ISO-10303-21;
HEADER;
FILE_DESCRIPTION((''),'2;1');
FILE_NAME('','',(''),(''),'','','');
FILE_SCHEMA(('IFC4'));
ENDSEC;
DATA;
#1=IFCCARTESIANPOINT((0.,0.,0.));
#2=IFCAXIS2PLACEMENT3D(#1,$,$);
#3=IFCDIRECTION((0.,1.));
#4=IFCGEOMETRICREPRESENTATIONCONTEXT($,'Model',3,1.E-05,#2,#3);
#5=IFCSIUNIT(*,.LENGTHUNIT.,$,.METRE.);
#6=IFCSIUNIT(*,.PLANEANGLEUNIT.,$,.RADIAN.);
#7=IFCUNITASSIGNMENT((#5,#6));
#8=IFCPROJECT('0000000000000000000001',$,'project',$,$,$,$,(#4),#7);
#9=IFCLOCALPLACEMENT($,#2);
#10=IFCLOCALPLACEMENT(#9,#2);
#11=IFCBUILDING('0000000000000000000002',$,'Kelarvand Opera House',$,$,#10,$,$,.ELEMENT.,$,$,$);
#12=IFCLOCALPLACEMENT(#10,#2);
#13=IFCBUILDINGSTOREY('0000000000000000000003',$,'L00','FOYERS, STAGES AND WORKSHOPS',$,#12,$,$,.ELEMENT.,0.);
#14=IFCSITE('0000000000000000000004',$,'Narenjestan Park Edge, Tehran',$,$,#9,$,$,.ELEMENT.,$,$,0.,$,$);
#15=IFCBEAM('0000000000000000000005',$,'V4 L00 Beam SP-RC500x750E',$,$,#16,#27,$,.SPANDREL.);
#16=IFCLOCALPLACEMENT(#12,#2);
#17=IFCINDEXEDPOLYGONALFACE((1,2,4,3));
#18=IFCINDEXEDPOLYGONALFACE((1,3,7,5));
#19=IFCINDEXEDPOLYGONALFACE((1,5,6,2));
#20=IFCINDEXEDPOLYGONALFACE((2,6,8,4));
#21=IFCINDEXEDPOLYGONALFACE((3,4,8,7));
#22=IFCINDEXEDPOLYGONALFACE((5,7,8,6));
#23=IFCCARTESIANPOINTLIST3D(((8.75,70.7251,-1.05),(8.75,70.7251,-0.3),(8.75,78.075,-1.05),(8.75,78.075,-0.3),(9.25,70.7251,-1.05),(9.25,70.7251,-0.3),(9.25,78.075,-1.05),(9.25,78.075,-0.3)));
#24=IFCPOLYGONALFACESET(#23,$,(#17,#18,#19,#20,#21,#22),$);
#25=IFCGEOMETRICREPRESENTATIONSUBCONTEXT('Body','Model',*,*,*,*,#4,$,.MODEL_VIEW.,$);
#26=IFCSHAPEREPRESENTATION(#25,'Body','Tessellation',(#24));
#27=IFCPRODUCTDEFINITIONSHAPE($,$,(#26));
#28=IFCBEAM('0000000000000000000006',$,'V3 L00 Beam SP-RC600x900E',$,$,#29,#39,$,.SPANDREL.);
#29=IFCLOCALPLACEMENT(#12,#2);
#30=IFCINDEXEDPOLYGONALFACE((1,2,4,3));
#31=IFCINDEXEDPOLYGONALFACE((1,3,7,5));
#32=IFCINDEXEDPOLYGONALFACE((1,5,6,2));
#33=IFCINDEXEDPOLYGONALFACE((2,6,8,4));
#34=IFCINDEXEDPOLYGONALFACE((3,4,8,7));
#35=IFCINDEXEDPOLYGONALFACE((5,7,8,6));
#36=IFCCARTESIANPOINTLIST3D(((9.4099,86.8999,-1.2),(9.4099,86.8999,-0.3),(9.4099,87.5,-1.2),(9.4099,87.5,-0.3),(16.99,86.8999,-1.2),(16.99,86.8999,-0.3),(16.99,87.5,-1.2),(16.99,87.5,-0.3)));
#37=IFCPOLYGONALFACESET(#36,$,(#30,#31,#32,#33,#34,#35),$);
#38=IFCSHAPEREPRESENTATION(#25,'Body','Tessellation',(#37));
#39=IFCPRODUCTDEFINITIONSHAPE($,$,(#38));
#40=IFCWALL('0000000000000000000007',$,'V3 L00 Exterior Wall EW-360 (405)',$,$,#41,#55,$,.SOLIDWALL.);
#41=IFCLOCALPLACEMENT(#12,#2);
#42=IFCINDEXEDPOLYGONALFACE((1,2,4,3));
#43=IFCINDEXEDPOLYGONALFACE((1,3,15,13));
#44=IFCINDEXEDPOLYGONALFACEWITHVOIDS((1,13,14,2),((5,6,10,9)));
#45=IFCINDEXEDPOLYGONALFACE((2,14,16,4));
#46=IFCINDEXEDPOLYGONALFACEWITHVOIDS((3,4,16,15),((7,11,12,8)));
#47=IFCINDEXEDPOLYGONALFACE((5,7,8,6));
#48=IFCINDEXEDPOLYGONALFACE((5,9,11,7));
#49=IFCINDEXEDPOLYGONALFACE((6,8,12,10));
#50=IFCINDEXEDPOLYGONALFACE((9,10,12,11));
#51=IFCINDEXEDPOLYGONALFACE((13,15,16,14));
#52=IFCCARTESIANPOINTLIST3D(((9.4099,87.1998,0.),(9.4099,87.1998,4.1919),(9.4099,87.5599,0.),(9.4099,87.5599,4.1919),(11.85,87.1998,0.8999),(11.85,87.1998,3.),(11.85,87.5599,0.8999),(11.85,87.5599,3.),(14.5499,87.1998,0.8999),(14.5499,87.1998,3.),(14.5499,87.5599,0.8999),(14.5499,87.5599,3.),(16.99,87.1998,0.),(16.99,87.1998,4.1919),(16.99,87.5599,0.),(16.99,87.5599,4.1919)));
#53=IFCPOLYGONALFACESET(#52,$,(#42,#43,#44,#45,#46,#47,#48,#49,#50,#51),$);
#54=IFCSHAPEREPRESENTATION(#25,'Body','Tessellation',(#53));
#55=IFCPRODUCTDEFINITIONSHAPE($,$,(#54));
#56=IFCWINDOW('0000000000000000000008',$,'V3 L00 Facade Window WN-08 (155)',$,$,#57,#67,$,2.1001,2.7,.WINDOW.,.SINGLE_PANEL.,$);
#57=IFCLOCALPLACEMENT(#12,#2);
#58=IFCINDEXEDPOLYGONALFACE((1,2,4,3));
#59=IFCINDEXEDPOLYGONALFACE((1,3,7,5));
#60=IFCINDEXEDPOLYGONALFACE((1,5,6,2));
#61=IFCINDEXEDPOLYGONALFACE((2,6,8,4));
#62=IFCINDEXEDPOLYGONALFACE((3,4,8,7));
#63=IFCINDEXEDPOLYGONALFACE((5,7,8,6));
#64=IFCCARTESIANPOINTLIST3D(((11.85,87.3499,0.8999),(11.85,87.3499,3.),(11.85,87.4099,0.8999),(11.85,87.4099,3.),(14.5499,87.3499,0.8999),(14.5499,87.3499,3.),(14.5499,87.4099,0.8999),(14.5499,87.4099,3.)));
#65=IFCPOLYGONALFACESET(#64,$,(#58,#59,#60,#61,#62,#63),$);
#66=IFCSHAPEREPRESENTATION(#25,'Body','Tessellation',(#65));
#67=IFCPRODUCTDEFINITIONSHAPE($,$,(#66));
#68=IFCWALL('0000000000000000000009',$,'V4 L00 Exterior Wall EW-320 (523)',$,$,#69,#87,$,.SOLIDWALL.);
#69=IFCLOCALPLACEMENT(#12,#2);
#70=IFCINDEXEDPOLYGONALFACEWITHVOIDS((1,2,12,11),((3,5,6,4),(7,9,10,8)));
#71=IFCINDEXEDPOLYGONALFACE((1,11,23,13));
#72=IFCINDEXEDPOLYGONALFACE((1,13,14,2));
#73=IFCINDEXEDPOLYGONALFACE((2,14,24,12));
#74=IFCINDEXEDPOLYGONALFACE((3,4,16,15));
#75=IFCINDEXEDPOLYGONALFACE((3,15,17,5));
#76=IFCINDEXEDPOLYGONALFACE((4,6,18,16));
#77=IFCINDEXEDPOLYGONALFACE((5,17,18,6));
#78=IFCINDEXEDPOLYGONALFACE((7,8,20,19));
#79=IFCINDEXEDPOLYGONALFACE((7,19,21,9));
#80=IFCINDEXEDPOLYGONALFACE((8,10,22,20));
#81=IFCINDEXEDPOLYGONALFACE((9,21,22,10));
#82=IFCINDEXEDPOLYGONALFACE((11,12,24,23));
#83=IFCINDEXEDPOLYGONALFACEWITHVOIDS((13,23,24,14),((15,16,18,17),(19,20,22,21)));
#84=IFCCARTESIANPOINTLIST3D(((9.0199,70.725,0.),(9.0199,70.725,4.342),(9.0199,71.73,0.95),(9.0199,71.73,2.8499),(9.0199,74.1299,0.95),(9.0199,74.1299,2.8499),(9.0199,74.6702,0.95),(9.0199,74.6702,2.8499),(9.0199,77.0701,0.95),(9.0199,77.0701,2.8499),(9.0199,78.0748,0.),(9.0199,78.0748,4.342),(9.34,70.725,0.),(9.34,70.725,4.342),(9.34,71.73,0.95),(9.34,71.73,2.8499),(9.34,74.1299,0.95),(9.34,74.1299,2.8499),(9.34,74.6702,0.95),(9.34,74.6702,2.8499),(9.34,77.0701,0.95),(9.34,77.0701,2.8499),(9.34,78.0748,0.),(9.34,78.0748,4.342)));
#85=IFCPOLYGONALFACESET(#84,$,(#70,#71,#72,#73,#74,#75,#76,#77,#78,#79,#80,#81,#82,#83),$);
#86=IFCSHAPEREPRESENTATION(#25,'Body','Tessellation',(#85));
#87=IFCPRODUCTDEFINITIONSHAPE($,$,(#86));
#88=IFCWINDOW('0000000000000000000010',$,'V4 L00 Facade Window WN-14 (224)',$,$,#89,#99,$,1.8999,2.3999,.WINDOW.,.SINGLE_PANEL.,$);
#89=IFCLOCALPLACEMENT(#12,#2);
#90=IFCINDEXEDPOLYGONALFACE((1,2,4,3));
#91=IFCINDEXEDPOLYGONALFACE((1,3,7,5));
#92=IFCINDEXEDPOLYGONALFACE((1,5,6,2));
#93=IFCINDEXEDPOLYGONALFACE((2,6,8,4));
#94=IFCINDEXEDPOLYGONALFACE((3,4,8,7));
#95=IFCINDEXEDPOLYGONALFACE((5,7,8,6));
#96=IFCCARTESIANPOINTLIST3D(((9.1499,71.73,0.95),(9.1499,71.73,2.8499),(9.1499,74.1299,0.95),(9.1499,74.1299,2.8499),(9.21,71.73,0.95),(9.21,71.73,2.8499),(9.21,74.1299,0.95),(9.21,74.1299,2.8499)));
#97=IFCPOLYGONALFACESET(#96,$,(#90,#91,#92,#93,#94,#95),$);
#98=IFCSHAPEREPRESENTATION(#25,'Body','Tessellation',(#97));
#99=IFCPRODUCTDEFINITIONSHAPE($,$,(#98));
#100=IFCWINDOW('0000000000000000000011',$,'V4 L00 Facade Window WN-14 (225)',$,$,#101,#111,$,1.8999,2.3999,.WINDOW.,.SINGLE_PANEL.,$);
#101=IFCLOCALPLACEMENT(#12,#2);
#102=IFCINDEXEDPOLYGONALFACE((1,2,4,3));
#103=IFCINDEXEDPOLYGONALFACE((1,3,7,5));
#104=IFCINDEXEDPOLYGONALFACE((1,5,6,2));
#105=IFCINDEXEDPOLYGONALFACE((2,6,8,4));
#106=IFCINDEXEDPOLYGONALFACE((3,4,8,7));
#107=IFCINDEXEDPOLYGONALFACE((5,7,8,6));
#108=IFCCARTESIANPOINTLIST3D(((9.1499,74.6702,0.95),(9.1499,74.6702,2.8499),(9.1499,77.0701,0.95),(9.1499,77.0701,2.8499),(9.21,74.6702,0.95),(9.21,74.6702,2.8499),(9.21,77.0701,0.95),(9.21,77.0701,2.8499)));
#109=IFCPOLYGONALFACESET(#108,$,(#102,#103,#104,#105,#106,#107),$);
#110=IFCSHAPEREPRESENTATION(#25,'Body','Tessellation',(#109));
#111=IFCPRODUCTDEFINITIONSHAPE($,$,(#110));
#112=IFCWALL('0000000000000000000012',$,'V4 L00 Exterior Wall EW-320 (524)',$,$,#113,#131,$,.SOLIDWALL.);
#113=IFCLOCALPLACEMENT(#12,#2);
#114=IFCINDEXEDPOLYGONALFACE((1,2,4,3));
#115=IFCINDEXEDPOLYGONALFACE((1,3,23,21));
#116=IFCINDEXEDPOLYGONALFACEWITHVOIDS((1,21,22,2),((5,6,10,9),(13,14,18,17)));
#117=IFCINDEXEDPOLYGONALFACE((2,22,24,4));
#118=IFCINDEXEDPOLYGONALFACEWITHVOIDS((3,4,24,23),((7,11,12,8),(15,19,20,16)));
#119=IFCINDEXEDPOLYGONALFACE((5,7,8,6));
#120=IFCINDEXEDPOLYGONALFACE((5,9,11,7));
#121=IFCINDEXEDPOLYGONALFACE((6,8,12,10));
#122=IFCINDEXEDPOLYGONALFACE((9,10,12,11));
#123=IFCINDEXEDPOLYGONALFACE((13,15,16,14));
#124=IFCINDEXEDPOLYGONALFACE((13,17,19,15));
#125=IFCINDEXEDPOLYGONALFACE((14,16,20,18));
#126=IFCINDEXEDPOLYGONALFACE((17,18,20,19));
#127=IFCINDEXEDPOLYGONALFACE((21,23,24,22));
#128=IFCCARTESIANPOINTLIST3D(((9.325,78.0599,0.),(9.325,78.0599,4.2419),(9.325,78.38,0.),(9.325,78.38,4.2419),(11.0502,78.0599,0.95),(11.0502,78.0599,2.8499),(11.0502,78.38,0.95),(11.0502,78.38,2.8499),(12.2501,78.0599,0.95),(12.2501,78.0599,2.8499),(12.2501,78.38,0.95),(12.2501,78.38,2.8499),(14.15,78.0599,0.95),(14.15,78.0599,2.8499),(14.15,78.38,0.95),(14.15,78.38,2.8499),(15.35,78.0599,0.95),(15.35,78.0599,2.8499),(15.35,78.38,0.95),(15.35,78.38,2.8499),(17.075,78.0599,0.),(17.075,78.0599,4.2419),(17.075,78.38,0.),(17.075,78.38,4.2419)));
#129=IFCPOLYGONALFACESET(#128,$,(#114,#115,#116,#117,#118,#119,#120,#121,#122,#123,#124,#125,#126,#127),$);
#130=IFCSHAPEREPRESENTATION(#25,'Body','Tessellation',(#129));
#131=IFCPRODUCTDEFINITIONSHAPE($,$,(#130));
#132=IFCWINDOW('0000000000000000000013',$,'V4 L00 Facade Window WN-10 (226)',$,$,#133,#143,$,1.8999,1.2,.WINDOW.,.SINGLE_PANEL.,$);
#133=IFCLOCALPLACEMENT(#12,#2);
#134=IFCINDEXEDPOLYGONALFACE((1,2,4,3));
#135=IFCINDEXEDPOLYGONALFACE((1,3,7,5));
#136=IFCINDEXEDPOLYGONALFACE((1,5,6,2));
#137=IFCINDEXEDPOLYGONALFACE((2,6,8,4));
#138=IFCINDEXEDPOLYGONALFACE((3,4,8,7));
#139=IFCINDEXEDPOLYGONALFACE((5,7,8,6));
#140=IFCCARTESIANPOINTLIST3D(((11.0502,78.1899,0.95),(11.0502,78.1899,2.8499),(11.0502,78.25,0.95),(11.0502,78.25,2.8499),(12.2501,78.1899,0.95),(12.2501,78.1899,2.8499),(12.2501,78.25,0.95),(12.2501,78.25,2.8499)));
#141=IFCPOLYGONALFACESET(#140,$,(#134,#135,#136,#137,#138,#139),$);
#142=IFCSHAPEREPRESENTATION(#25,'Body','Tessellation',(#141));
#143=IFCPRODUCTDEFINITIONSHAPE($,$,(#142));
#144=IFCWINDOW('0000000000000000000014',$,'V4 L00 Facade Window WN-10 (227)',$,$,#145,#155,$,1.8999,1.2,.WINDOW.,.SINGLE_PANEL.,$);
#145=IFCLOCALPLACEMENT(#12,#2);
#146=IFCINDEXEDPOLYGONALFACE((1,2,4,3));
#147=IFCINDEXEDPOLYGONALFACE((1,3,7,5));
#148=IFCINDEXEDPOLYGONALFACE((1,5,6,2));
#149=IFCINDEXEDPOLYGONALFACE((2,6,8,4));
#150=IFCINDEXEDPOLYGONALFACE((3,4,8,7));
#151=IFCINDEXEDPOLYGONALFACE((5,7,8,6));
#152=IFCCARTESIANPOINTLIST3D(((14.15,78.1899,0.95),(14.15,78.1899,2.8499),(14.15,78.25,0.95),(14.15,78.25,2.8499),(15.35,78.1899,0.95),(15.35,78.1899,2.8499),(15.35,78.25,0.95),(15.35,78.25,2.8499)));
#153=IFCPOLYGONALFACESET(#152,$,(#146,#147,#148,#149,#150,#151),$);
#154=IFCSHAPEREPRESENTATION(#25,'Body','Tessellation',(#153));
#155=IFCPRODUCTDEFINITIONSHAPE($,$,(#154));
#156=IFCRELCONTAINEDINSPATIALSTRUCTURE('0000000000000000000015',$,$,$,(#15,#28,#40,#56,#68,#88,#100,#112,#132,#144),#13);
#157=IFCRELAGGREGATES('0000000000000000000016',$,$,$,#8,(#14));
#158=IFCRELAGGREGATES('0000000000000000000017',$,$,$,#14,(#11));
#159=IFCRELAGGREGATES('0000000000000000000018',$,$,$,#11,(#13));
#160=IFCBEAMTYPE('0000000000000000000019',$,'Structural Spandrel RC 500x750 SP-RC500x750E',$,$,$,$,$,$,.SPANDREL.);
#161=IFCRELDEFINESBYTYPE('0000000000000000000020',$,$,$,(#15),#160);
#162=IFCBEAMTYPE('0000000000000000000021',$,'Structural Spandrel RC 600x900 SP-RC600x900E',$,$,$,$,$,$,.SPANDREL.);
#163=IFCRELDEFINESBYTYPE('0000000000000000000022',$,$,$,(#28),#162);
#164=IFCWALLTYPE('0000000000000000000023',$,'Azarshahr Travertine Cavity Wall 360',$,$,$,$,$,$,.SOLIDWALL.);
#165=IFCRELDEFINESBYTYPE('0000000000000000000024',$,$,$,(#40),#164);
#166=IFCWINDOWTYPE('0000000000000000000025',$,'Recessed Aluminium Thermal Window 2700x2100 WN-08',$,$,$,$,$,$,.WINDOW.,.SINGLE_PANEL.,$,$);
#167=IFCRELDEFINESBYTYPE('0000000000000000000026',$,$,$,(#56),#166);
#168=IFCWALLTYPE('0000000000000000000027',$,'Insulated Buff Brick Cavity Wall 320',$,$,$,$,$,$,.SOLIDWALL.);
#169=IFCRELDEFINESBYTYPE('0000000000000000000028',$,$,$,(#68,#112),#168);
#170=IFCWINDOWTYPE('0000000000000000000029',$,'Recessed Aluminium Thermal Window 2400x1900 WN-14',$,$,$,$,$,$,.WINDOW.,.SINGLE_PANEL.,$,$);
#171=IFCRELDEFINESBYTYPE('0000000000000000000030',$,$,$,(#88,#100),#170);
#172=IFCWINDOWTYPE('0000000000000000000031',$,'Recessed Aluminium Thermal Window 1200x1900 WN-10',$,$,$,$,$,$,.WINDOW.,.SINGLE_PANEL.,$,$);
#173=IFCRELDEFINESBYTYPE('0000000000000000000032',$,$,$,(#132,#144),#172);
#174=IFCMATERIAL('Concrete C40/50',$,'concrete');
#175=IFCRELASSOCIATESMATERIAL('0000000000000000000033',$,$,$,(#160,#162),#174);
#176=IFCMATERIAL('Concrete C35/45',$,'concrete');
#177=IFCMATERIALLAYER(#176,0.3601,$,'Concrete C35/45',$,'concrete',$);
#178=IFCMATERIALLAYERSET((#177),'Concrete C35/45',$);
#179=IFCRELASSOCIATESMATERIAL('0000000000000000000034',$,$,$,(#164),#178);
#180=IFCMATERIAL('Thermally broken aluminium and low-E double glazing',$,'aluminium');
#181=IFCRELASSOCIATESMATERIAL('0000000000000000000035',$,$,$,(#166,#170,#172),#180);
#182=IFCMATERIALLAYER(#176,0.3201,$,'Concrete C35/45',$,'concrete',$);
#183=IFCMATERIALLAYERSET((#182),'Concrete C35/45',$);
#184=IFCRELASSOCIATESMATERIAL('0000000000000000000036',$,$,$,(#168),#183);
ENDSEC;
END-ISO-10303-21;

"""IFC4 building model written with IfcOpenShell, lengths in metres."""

from ifc_helpers import new_model, si_unit, direction, frame, frame_2d, origin, origin_2d, place, context, subcontext, project, spatial, rectangle, extrude, material, layer, layer_set, material_profile, profile_set, type_object, element, fill, save


model = new_model("IFC4")

# Units and contexts
model_context = context("Model", 3, precision=1e-05, world=origin(), true_north=direction((0.0, 1.0)))
body_context = subcontext(model_context, "Body", "Model", "MODEL_VIEW")
ifc_project = project(units=[si_unit("LENGTHUNIT", "METRE"), si_unit("PLANEANGLEUNIT", "RADIAN")], contexts=[model_context])

# Site, building, storey
site_placement = place(None, origin())
site = spatial("IfcSite", under=ifc_project, at=site_placement, Name="Narenjestan Park Edge, Tehran", CompositionType="ELEMENT", RefElevation=0.0)
building_placement = place(site_placement, origin())
building = spatial("IfcBuilding", under=site, at=building_placement, Name="Kelarvand Opera House", CompositionType="ELEMENT")
storey_placement = place(building_placement, origin())
storey = spatial("IfcBuildingStorey", under=building, at=storey_placement, Name="L00", Description="FOYERS, STAGES AND WORKSHOPS", CompositionType="ELEMENT", Elevation=0.0)

# Shared definitions
ifc_material_1 = material(Name="Concrete C40/50", Category="concrete")

# Beams
ifc_material_profile_1 = material_profile(ifc_material_1, rectangle(XDim=0.5, YDim=0.75, at=origin_2d()), Name="RC 500x750", Category="concrete")
ifc_profile_set_1 = profile_set([ifc_material_profile_1], Name="Concrete C40/50")
beam_type_1 = type_object("IfcBeamType", Name="Structural Spandrel RC 500x750 SP-RC500x750E", PredefinedType="SPANDREL", material=ifc_profile_set_1)
beam_1_placement = place(storey_placement, frame((9.0, 70.7251, -0.675), z_axis=(0.0, 1.0, 0.0), x_axis=(-1.0, 0.0, 0.0)))
element("IfcBeam", 1, at=beam_1_placement, inside=storey, type_object=beam_type_1, Name="V4 L00 Beam SP-RC500x750E", PredefinedType="SPANDREL", context=body_context, shape_type="SweptSolid", body=[
    extrude(rectangle(XDim=0.5, YDim=0.75, at=origin_2d()), origin(), (0.0, 0.0, 1.0), 7.3499),
])
ifc_material_profile_2 = material_profile(ifc_material_1, rectangle(XDim=0.6001, YDim=0.8999, at=origin_2d()), Name="RC 600x900", Category="concrete")
ifc_profile_set_2 = profile_set([ifc_material_profile_2], Name="Concrete C40/50")
beam_type_2 = type_object("IfcBeamType", Name="Structural Spandrel RC 600x900 SP-RC600x900E", PredefinedType="SPANDREL", material=ifc_profile_set_2)
beam_2_placement = place(storey_placement, frame((9.4099, 87.2, -0.75), z_axis=(1.0, 0.0, 0.0), x_axis=(0.0, 1.0, 0.0)))
element("IfcBeam", 2, at=beam_2_placement, inside=storey, type_object=beam_type_2, Name="V3 L00 Beam SP-RC600x900E", PredefinedType="SPANDREL", context=body_context, shape_type="SweptSolid", body=[
    extrude(rectangle(XDim=0.6001, YDim=0.8999, at=origin_2d()), origin(), (0.0, 0.0, 1.0), 7.5801),
])

# Wall, opening, window
ifc_material_2 = material(Name="Concrete C35/45", Category="concrete")
ifc_layer_1 = layer(ifc_material_2, 0.3601, Name="Concrete C35/45", Category="concrete")
ifc_layer_set_1 = layer_set([ifc_layer_1], Name="Concrete C35/45")
wall_type_1 = type_object("IfcWallType", Name="Azarshahr Travertine Cavity Wall 360", PredefinedType="SOLIDWALL", material=ifc_layer_set_1)
wall_1_placement = place(storey_placement, frame((16.99, 87.3799, 0.0), z_axis=(0.0, 0.0, 1.0), x_axis=(-1.0, 0.0, 0.0)))
wall_1 = element("IfcWall", 3, at=wall_1_placement, inside=storey, type_object=wall_type_1, Name="V3 L00 Exterior Wall EW-360 (405)", PredefinedType="SOLIDWALL", context=body_context, shape_type="SweptSolid", body=[
    extrude(rectangle(XDim=7.5801, YDim=0.3601, at=frame_2d((3.79, 0.0))), origin(), (0.0, 0.0, 1.0), 4.1919),
])
opening_1_placement = place(wall_1_placement, frame((2.4399, 0.0, 0.8999)))
opening_1 = element("IfcOpeningElement", 4, at=opening_1_placement, cuts=wall_1, PredefinedType="OPENING", context=body_context, shape_type="SweptSolid", body=[
    extrude(rectangle(XDim=2.7, YDim=2.1001, at=frame_2d((1.3501, 1.05))), frame((0.0, 0.1899, 0.0), z_axis=(0.0, -1.0, 0.0), x_axis=(1.0, 0.0, 0.0)), (0.0, 0.0, 1.0), 0.3801),
])
ifc_material_3 = material(Name="Thermally broken aluminium and low-E double glazing", Category="aluminium")
window_type_1 = type_object("IfcWindowType", Name="Recessed Aluminium Thermal Window 2700x2100 WN-08", PartitioningType="SINGLE_PANEL", PredefinedType="WINDOW", material=ifc_material_3)
window_1_placement = place(opening_1_placement, origin())
window_1 = element("IfcWindow", 5, at=window_1_placement, inside=storey, type_object=window_type_1, Name="V3 L00 Facade Window WN-08 (155)", OverallHeight=2.1001, OverallWidth=2.7, PartitioningType="SINGLE_PANEL", PredefinedType="WINDOW", context=body_context, shape_type="SweptSolid", body=[
    extrude(rectangle(XDim=2.7, YDim=2.1001, at=frame_2d((1.3501, 1.05))), frame((0.0, 0.03, 0.0), z_axis=(0.0, -1.0, 0.0), x_axis=(1.0, 0.0, 0.0)), (0.0, 0.0, 1.0), 0.0601),
])
fill(opening_1, window_1)

# Walls, openings, windows
ifc_layer_2 = layer(ifc_material_2, 0.3201, Name="Concrete C35/45", Category="concrete")
ifc_layer_set_2 = layer_set([ifc_layer_2], Name="Concrete C35/45")
wall_type_2 = type_object("IfcWallType", Name="Insulated Buff Brick Cavity Wall 320", PredefinedType="SOLIDWALL", material=ifc_layer_set_2)
wall_2_placement = place(storey_placement, frame((9.1799, 70.7251, 0.0), z_axis=(0.0, 0.0, 1.0), x_axis=(0.0, 1.0, 0.0)))
wall_2 = element("IfcWall", 6, at=wall_2_placement, inside=storey, type_object=wall_type_2, Name="V4 L00 Exterior Wall EW-320 (523)", PredefinedType="SOLIDWALL", context=body_context, shape_type="SweptSolid", body=[
    extrude(rectangle(XDim=7.3499, YDim=0.3201, at=frame_2d((3.6748, 0.0))), origin(), (0.0, 0.0, 1.0), 4.342),
])
opening_2_placement = place(wall_2_placement, frame((1.0049, 0.0, 0.95)))
opening_2 = element("IfcOpeningElement", 7, at=opening_2_placement, cuts=wall_2, PredefinedType="OPENING", context=body_context, shape_type="SweptSolid", body=[
    extrude(rectangle(XDim=2.3999, YDim=1.8999, at=frame_2d((1.2, 0.95))), frame((0.0, 0.1699, 0.0), z_axis=(0.0, -1.0, 0.0), x_axis=(1.0, 0.0, 0.0)), (0.0, 0.0, 1.0), 0.3401),
])
opening_3_placement = place(wall_2_placement, frame((3.9451, 0.0, 0.95)))
opening_3 = element("IfcOpeningElement", 8, at=opening_3_placement, cuts=wall_2, PredefinedType="OPENING", context=body_context, shape_type="SweptSolid", body=[
    extrude(rectangle(XDim=2.3999, YDim=1.8999, at=frame_2d((1.2, 0.95))), frame((0.0, 0.1699, 0.0), z_axis=(0.0, -1.0, 0.0), x_axis=(1.0, 0.0, 0.0)), (0.0, 0.0, 1.0), 0.3401),
])
window_type_2 = type_object("IfcWindowType", Name="Recessed Aluminium Thermal Window 2400x1900 WN-14", PartitioningType="SINGLE_PANEL", PredefinedType="WINDOW", material=ifc_material_3)
window_2_placement = place(opening_2_placement, origin())
window_2 = element("IfcWindow", 9, at=window_2_placement, inside=storey, type_object=window_type_2, Name="V4 L00 Facade Window WN-14 (224)", OverallHeight=1.8999, OverallWidth=2.3999, PartitioningType="SINGLE_PANEL", PredefinedType="WINDOW", context=body_context, shape_type="SweptSolid", body=[
    extrude(rectangle(XDim=2.3999, YDim=1.8999, at=frame_2d((1.2, 0.95))), frame((0.0, 0.03, 0.0), z_axis=(0.0, -1.0, 0.0), x_axis=(1.0, 0.0, 0.0)), (0.0, 0.0, 1.0), 0.0601),
])
fill(opening_2, window_2)
window_3_placement = place(opening_3_placement, origin())
window_3 = element("IfcWindow", 10, at=window_3_placement, inside=storey, type_object=window_type_2, Name="V4 L00 Facade Window WN-14 (225)", OverallHeight=1.8999, OverallWidth=2.3999, PartitioningType="SINGLE_PANEL", PredefinedType="WINDOW", context=body_context, shape_type="SweptSolid", body=[
    extrude(rectangle(XDim=2.3999, YDim=1.8999, at=frame_2d((1.2, 0.95))), frame((0.0, 0.03, 0.0), z_axis=(0.0, -1.0, 0.0), x_axis=(1.0, 0.0, 0.0)), (0.0, 0.0, 1.0), 0.0601),
])
fill(opening_3, window_3)
wall_3_placement = place(storey_placement, frame((9.325, 78.22, 0.0), z_axis=(0.0, 0.0, 1.0), x_axis=(1.0, 0.0, 0.0)))
wall_3 = element("IfcWall", 11, at=wall_3_placement, inside=storey, type_object=wall_type_2, Name="V4 L00 Exterior Wall EW-320 (524)", PredefinedType="SOLIDWALL", context=body_context, shape_type="SweptSolid", body=[
    extrude(rectangle(XDim=7.75, YDim=0.3201, at=frame_2d((3.875, 0.0))), origin(), (0.0, 0.0, 1.0), 4.2419),
])
opening_4_placement = place(wall_3_placement, frame((1.7251, 0.0, 0.95)))
opening_4 = element("IfcOpeningElement", 12, at=opening_4_placement, cuts=wall_3, PredefinedType="OPENING", context=body_context, shape_type="SweptSolid", body=[
    extrude(rectangle(XDim=1.2, YDim=1.8999, at=frame_2d((0.6001, 0.95))), frame((0.0, 0.1699, 0.0), z_axis=(0.0, -1.0, 0.0), x_axis=(1.0, 0.0, 0.0)), (0.0, 0.0, 1.0), 0.3401),
])
opening_5_placement = place(wall_3_placement, frame((4.825, 0.0, 0.95)))
opening_5 = element("IfcOpeningElement", 13, at=opening_5_placement, cuts=wall_3, PredefinedType="OPENING", context=body_context, shape_type="SweptSolid", body=[
    extrude(rectangle(XDim=1.2, YDim=1.8999, at=frame_2d((0.6001, 0.95))), frame((0.0, 0.1699, 0.0), z_axis=(0.0, -1.0, 0.0), x_axis=(1.0, 0.0, 0.0)), (0.0, 0.0, 1.0), 0.3401),
])
window_type_3 = type_object("IfcWindowType", Name="Recessed Aluminium Thermal Window 1200x1900 WN-10", PartitioningType="SINGLE_PANEL", PredefinedType="WINDOW", material=ifc_material_3)
window_4_placement = place(opening_4_placement, origin())
window_4 = element("IfcWindow", 14, at=window_4_placement, inside=storey, type_object=window_type_3, Name="V4 L00 Facade Window WN-10 (226)", OverallHeight=1.8999, OverallWidth=1.2, PartitioningType="SINGLE_PANEL", PredefinedType="WINDOW", context=body_context, shape_type="SweptSolid", body=[
    extrude(rectangle(XDim=1.2, YDim=1.8999, at=frame_2d((0.6001, 0.95))), frame((0.0, 0.03, 0.0), z_axis=(0.0, -1.0, 0.0), x_axis=(1.0, 0.0, 0.0)), (0.0, 0.0, 1.0), 0.0601),
])
fill(opening_4, window_4)
window_5_placement = place(opening_5_placement, origin())
window_5 = element("IfcWindow", 15, at=window_5_placement, inside=storey, type_object=window_type_3, Name="V4 L00 Facade Window WN-10 (227)", OverallHeight=1.8999, OverallWidth=1.2, PartitioningType="SINGLE_PANEL", PredefinedType="WINDOW", context=body_context, shape_type="SweptSolid", body=[
    extrude(rectangle(XDim=1.2, YDim=1.8999, at=frame_2d((0.6001, 0.95))), frame((0.0, 0.03, 0.0), z_axis=(0.0, -1.0, 0.0), x_axis=(1.0, 0.0, 0.0)), (0.0, 0.0, 1.0), 0.0601),
])
fill(opening_5, window_5)

save(model, "model.ifc")
